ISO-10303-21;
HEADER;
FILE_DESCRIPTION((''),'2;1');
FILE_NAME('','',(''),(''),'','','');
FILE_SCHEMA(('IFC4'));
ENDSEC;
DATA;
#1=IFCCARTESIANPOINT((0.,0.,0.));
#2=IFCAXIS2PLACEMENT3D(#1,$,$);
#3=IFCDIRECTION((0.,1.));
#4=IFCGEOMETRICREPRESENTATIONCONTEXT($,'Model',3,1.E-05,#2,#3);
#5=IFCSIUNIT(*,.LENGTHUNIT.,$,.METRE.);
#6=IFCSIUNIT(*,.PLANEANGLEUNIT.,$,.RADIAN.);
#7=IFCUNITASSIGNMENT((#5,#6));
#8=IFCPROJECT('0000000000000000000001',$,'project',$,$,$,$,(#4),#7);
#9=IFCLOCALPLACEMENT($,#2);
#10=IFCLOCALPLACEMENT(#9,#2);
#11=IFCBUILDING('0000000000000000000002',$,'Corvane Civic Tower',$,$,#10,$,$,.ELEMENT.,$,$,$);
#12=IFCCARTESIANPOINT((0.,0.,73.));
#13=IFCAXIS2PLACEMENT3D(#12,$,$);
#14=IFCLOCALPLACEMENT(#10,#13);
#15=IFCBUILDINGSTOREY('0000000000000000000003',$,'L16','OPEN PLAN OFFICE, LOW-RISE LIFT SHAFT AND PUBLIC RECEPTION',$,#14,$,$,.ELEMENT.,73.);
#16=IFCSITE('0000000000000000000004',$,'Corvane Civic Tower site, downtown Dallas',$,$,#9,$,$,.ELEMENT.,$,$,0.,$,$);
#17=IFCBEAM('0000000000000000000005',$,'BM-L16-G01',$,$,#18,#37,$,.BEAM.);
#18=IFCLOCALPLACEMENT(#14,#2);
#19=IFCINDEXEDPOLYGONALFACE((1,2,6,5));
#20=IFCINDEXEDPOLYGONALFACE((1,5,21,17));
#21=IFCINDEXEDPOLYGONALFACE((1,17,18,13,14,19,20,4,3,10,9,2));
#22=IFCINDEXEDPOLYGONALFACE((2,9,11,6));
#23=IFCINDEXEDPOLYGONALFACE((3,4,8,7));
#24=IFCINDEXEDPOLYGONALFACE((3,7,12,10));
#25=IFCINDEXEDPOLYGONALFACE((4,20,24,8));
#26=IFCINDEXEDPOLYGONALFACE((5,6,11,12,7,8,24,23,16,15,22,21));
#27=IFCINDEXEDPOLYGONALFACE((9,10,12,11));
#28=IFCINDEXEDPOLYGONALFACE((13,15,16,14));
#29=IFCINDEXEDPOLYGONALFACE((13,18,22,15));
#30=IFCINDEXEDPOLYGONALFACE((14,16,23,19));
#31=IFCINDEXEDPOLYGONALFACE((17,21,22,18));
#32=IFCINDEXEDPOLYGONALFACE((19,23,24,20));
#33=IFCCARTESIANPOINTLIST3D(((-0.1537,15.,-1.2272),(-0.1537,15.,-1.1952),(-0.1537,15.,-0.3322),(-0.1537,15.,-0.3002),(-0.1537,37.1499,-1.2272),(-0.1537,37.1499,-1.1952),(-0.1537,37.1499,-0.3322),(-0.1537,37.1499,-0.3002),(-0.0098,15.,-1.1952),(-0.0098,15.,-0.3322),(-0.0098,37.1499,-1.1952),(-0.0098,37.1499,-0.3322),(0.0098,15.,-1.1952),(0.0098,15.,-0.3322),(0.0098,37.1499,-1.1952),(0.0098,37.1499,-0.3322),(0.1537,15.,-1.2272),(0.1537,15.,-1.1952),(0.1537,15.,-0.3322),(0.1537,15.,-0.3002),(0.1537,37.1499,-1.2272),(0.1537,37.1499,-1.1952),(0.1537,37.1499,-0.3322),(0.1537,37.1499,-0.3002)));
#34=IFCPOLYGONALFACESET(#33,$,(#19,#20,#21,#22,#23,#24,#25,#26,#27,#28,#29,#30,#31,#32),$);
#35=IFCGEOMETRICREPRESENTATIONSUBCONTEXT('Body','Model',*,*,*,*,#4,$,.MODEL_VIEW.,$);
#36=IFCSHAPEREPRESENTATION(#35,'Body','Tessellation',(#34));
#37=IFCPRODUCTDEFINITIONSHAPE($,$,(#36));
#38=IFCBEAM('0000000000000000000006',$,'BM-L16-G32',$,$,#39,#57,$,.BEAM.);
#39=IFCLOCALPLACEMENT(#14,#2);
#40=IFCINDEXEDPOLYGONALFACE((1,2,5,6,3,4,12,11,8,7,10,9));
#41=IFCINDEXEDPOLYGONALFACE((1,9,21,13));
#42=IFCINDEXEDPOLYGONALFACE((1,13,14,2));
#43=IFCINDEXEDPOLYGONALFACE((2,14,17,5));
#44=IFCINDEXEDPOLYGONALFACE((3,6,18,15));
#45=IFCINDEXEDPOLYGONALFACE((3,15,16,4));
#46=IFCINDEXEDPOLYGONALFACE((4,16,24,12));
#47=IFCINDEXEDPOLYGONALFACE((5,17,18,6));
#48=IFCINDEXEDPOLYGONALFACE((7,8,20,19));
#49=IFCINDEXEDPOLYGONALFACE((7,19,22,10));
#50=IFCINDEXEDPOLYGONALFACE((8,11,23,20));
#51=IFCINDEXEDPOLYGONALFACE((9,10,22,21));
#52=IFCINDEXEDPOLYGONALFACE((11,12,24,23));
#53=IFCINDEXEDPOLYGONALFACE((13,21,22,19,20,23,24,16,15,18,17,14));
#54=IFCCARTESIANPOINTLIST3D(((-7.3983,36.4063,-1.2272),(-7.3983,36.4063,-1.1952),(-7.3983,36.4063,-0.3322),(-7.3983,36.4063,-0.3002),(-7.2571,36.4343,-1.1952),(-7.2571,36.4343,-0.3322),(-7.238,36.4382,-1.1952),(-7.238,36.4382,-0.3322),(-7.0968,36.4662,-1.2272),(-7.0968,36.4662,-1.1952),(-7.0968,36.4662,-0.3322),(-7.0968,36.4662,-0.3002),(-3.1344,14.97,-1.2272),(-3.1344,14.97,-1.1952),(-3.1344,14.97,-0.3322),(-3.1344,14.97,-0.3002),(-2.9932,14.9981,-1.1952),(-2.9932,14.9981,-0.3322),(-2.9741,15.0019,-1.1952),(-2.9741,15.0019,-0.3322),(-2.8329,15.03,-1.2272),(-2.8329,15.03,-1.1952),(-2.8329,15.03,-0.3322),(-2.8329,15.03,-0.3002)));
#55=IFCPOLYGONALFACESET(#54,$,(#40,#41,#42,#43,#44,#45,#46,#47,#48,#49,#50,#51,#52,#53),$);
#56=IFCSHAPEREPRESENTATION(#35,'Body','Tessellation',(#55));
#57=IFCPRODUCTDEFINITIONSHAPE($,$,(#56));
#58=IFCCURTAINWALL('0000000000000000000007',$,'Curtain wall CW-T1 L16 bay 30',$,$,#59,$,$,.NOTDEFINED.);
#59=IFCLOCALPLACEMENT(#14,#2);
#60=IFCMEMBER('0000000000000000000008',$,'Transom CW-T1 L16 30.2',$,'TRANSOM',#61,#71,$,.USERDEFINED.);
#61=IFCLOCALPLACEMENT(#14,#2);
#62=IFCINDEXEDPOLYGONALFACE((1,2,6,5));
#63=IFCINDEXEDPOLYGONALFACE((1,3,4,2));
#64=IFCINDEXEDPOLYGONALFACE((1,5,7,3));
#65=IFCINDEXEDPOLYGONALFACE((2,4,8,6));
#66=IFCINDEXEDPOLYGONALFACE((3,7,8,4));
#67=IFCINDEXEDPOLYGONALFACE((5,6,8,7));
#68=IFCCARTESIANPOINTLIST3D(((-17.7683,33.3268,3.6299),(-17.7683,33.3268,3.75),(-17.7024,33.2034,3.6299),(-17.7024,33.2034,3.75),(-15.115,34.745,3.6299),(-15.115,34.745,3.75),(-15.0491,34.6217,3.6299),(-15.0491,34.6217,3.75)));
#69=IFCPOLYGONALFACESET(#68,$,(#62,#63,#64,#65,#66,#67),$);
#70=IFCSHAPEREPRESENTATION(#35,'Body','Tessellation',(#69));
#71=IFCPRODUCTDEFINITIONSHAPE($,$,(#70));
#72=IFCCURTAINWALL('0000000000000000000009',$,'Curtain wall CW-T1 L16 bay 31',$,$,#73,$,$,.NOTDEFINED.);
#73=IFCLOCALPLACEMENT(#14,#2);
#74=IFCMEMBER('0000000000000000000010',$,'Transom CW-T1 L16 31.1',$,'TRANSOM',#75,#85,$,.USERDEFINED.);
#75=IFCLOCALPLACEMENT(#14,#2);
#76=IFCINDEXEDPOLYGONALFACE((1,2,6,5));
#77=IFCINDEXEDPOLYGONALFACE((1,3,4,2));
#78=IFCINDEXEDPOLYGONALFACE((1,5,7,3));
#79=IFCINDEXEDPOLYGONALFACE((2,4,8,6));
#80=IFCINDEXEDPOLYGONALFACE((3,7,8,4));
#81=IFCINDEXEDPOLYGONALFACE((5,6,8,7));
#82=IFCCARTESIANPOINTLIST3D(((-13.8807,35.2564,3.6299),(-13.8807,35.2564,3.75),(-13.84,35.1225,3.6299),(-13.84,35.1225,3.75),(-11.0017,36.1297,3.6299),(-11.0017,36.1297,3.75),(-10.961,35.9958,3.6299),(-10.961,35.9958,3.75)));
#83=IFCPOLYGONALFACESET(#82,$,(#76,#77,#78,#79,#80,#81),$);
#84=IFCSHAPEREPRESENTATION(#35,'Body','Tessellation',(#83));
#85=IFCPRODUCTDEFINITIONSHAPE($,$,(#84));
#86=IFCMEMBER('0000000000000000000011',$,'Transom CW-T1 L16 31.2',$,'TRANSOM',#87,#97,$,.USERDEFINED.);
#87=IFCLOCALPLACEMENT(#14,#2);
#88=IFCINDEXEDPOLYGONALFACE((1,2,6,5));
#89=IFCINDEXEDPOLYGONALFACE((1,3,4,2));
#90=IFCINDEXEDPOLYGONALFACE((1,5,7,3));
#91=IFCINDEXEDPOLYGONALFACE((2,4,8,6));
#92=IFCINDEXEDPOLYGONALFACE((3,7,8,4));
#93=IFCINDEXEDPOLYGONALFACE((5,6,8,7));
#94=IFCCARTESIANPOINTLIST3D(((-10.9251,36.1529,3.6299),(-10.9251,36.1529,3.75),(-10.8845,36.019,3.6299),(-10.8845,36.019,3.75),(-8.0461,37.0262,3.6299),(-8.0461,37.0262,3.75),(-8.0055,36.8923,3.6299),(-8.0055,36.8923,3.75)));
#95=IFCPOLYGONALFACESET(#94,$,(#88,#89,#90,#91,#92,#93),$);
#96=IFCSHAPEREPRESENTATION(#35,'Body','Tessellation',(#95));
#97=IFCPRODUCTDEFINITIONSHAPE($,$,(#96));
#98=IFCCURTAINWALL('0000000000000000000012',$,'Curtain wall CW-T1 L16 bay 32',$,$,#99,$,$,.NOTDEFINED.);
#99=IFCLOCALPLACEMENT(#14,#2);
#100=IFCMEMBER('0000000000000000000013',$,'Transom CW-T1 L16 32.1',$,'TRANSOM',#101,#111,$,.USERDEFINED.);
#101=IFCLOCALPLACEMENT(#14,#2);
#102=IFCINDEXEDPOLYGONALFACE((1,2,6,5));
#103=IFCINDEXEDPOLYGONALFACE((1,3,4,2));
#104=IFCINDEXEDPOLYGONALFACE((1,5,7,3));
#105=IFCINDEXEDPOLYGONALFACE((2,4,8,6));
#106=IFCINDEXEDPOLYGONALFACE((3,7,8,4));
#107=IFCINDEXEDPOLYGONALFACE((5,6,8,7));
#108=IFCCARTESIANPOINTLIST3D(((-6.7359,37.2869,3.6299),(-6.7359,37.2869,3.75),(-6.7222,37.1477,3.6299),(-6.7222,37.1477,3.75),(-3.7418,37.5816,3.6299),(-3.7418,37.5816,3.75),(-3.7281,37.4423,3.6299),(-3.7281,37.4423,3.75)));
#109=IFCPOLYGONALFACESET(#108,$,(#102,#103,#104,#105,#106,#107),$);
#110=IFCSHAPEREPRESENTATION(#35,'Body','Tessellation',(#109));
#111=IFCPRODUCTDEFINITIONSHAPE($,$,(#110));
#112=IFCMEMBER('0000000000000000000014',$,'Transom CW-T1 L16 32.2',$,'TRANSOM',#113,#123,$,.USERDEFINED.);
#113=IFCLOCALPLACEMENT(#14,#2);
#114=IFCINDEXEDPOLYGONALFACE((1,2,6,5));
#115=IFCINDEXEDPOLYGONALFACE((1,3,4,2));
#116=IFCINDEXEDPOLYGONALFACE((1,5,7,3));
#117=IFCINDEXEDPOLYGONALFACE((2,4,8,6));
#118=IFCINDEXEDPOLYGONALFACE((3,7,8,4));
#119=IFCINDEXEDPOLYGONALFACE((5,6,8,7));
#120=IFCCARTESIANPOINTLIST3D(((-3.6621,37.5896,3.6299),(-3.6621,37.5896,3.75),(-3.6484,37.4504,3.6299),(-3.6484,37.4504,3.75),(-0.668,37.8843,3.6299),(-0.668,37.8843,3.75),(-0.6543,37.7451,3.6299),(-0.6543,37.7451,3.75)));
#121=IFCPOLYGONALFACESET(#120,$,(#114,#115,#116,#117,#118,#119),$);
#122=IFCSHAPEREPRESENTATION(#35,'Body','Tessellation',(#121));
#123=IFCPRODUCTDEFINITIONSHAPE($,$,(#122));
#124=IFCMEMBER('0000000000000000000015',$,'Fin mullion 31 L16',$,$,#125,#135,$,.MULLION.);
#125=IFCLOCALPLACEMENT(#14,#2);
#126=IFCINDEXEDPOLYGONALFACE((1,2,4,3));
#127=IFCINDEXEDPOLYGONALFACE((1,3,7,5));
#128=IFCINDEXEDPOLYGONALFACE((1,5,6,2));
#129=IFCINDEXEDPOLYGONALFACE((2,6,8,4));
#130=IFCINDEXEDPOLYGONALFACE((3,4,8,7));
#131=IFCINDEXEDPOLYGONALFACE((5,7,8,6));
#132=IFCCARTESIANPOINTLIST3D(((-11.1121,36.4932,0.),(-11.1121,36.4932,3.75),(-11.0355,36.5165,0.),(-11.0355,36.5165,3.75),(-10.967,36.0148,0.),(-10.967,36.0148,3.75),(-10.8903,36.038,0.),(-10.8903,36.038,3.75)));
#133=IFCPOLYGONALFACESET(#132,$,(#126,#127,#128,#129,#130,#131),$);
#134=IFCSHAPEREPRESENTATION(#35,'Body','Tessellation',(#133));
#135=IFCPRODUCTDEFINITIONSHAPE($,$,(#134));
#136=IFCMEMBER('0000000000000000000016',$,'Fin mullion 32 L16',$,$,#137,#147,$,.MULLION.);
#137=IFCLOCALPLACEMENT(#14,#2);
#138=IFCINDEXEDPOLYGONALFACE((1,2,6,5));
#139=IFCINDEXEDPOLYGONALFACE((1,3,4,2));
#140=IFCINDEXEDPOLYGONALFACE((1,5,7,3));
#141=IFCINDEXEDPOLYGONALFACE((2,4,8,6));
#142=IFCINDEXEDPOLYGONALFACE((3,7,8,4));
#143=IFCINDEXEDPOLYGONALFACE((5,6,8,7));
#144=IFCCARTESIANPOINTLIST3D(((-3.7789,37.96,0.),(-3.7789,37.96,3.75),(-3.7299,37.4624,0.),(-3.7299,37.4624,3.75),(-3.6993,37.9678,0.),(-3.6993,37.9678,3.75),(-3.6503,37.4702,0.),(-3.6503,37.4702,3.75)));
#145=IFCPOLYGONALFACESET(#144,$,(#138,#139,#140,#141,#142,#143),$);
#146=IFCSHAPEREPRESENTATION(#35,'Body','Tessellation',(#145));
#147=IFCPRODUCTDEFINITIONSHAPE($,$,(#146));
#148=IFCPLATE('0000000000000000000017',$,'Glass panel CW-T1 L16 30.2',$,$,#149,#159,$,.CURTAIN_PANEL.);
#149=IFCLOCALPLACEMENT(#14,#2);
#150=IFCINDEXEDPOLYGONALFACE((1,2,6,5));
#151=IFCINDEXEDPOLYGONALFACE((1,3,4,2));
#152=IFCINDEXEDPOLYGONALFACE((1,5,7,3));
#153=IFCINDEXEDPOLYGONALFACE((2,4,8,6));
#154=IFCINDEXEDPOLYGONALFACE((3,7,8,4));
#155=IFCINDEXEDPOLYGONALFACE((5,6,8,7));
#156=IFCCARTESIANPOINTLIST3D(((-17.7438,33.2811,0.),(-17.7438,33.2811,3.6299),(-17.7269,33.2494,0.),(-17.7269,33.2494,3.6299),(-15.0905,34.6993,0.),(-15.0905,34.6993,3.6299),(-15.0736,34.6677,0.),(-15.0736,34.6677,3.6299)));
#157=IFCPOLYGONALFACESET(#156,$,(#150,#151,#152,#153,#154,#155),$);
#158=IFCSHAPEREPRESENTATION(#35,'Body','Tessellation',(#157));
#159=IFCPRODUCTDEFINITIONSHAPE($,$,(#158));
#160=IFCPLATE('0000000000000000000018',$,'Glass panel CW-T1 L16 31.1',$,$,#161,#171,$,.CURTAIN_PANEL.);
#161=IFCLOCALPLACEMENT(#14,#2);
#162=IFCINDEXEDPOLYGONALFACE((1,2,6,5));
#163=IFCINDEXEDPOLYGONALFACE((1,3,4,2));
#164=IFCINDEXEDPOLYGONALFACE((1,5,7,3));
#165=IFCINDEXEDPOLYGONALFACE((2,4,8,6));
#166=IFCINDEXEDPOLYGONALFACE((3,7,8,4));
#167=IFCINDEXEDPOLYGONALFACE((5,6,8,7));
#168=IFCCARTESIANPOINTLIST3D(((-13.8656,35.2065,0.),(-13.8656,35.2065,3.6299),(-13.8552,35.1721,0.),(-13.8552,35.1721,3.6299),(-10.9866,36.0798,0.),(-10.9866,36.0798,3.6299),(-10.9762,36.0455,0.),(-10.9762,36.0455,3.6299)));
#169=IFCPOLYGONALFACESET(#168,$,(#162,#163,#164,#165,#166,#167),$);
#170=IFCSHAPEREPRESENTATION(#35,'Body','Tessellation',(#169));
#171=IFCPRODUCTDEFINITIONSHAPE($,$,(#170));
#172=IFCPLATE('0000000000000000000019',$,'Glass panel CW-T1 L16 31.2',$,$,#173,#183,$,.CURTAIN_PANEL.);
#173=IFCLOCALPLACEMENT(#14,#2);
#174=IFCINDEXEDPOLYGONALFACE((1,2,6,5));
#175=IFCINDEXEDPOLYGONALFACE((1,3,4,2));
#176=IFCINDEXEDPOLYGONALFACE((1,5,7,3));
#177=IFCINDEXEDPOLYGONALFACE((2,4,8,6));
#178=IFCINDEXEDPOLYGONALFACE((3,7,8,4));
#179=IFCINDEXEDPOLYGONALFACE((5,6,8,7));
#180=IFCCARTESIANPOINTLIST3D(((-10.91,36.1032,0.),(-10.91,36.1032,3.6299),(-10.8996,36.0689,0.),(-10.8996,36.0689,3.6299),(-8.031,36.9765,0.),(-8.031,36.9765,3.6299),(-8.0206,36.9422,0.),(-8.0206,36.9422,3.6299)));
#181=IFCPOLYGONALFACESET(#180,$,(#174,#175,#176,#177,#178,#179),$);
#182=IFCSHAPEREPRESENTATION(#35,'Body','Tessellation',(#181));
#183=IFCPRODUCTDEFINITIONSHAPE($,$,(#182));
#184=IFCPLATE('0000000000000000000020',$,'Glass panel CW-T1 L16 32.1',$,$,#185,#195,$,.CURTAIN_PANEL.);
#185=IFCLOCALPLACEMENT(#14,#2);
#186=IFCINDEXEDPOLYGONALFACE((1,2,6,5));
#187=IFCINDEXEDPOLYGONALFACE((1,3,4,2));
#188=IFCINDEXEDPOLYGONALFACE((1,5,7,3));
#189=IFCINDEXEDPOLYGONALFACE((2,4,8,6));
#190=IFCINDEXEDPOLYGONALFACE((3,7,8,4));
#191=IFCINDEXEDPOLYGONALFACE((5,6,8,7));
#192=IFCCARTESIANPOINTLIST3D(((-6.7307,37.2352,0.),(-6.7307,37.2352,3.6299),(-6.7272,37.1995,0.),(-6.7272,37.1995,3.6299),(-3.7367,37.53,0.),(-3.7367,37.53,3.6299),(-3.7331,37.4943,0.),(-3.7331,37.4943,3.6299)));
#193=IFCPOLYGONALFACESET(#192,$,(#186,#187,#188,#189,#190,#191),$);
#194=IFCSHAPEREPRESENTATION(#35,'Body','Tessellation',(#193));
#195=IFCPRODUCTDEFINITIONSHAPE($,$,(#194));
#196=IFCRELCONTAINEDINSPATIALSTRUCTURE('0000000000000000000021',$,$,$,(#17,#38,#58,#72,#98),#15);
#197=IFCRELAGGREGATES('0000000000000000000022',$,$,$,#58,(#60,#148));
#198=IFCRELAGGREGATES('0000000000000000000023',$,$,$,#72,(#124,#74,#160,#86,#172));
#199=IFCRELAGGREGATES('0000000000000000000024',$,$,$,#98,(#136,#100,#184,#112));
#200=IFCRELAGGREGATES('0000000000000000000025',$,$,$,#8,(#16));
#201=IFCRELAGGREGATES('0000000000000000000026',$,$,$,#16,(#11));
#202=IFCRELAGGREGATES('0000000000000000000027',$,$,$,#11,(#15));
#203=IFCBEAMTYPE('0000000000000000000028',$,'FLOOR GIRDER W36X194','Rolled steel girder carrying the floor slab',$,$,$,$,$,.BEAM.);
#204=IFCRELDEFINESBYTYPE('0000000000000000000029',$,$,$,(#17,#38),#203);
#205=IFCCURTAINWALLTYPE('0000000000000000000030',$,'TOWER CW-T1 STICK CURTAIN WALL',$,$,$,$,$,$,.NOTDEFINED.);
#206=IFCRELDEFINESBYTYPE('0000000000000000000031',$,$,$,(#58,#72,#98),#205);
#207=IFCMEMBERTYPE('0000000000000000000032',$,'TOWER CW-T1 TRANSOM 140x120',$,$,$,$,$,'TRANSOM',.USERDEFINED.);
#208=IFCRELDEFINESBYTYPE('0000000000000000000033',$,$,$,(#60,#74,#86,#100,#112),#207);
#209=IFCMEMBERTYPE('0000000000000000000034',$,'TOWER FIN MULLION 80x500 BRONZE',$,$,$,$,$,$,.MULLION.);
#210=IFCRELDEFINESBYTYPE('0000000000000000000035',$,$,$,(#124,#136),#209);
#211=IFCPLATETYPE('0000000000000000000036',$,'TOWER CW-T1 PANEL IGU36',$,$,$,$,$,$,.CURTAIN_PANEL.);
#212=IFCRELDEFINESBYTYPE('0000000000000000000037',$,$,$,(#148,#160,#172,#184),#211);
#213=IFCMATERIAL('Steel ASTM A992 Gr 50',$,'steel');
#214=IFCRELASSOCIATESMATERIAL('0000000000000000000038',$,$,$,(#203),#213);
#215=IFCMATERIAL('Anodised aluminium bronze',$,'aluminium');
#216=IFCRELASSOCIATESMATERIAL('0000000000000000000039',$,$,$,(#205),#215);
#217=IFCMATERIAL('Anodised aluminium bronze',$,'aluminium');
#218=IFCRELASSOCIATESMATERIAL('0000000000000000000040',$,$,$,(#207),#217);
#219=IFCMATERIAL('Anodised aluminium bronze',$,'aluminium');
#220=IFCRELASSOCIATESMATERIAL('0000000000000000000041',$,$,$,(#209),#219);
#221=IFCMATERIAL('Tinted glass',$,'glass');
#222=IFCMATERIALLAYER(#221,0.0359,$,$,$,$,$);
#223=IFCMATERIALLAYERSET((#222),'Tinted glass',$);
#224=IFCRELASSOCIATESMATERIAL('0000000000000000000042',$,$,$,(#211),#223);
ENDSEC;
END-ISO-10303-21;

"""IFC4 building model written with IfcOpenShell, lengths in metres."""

from ifc_helpers import new_model, si_unit, direction, frame, origin, origin_2d, place, context, subcontext, project, spatial, rectangle, i_section, extrude, material, layer, layer_set, material_profile, profile_set, type_object, element, aggregate, save


model = new_model("IFC4")

# Units and contexts
model_context = context("Model", 3, precision=1e-05, world=origin(), true_north=direction((0.0, 1.0)))
body_context = subcontext(model_context, "Body", "Model", "MODEL_VIEW")
ifc_project = project(units=[si_unit("LENGTHUNIT", "METRE"), si_unit("PLANEANGLEUNIT", "RADIAN")], contexts=[model_context])

# Site, building, storey
site_placement = place(None, origin())
site = spatial("IfcSite", under=ifc_project, at=site_placement, Name="Corvane Civic Tower site, downtown Dallas", CompositionType="ELEMENT", RefElevation=0.0)
building_placement = place(site_placement, origin())
building = spatial("IfcBuilding", under=site, at=building_placement, Name="Corvane Civic Tower", CompositionType="ELEMENT")
storey_placement = place(building_placement, frame((0.0, 0.0, 73.0)))
storey = spatial("IfcBuildingStorey", under=building, at=storey_placement, Name="L16", Description="OPEN PLAN OFFICE, LOW-RISE LIFT SHAFT AND PUBLIC RECEPTION", CompositionType="ELEMENT", Elevation=73.0)

# Beams
ifc_material_1 = material(Name="Steel ASTM A992 Gr 50", Category="steel")
ifc_material_profile_1 = material_profile(ifc_material_1, i_section(OverallWidth=0.3074, OverallDepth=0.927, WebThickness=0.0195, FlangeThickness=0.032, at=origin_2d()), Name="W36X194")
ifc_profile_set_1 = profile_set([ifc_material_profile_1], Name="Steel ASTM A992 Gr 50")
beam_type_1 = type_object("IfcBeamType", Name="FLOOR GIRDER W36X194", Description="Rolled steel girder carrying the floor slab", PredefinedType="BEAM", material=ifc_profile_set_1)
beam_1_placement = place(storey_placement, frame((0.0, 15.0, -0.7637), z_axis=(0.0, 1.0, 0.0), x_axis=(-1.0, 0.0, 0.0)))
element("IfcBeam", 1, at=beam_1_placement, inside=storey, type_object=beam_type_1, Name="BM-L16-G01", PredefinedType="BEAM", context=body_context, shape_type="SweptSolid", body=[
    extrude(i_section(OverallWidth=0.3074, OverallDepth=0.927, WebThickness=0.0195, FlangeThickness=0.032, at=origin_2d()), origin(), (0.0, 0.0, 1.0), 22.1499),
])
beam_2_placement = place(storey_placement, frame((-2.9836, 15.0, -0.7637), z_axis=(-0.195089, 0.980785, 0.0), x_axis=(-0.980785, -0.195089, 0.0)))
element("IfcBeam", 2, at=beam_2_placement, inside=storey, type_object=beam_type_1, Name="BM-L16-G32", PredefinedType="BEAM", context=body_context, shape_type="SweptSolid", body=[
    extrude(i_section(OverallWidth=0.3074, OverallDepth=0.927, WebThickness=0.0195, FlangeThickness=0.032, at=origin_2d()), origin(), (0.0, 0.0, 1.0), 21.8562),
])

# Curtain wall, member
ifc_material_2 = material(Name="Anodised aluminium bronze", Category="aluminium")
curtain_wall_type = type_object("IfcCurtainWallType", Name="TOWER CW-T1 STICK CURTAIN WALL", PredefinedType="NOTDEFINED", material=ifc_material_2)
curtain_wall_1_placement = place(storey_placement, origin())
curtain_wall_1 = element("IfcCurtainWall", 3, at=curtain_wall_1_placement, inside=storey, type_object=curtain_wall_type, Name="Curtain wall CW-T1 L16 bay 30", PredefinedType="NOTDEFINED")
ifc_material_3 = material(Name="Anodised aluminium bronze", Category="aluminium")
ifc_material_profile_2 = material_profile(ifc_material_3, rectangle(XDim=0.1399, YDim=0.1201, at=origin_2d()), Name="TOWER CW-T1 TRANSOM 140x120")
ifc_profile_set_2 = profile_set([ifc_material_profile_2], Name="Anodised aluminium bronze")
member_type_1 = type_object("IfcMemberType", Name="TOWER CW-T1 TRANSOM 140x120", ElementType="TRANSOM", PredefinedType="USERDEFINED", material=ifc_profile_set_2)
member_1_placement = place(storey_placement, frame((-17.7354, 33.2651, 3.6899), z_axis=(0.881924, 0.471393, 0.0), x_axis=(-0.471393, 0.881924, 0.0)))
member_1 = element("IfcMember", 4, at=member_1_placement, type_object=member_type_1, Name="Transom CW-T1 L16 30.2", ObjectType="TRANSOM", PredefinedType="USERDEFINED", context=body_context, shape_type="SweptSolid", body=[
    extrude(rectangle(XDim=0.1399, YDim=0.1201, at=origin_2d()), origin(), (0.0, 0.0, 1.0), 3.0085),
])

# Curtain walls, members
curtain_wall_2_placement = place(storey_placement, origin())
curtain_wall_2 = element("IfcCurtainWall", 5, at=curtain_wall_2_placement, inside=storey, type_object=curtain_wall_type, Name="Curtain wall CW-T1 L16 bay 31", PredefinedType="NOTDEFINED")
member_2_placement = place(storey_placement, frame((-13.8604, 35.1895, 3.6899), z_axis=(0.956942, 0.29028, 0.0), x_axis=(-0.29028, 0.956942, 0.0)))
member_2 = element("IfcMember", 6, at=member_2_placement, type_object=member_type_1, Name="Transom CW-T1 L16 31.1", ObjectType="TRANSOM", PredefinedType="USERDEFINED", context=body_context, shape_type="SweptSolid", body=[
    extrude(rectangle(XDim=0.1399, YDim=0.1201, at=origin_2d()), origin(), (0.0, 0.0, 1.0), 3.0085),
])
member_3_placement = place(storey_placement, frame((-10.9048, 36.0859, 3.6899), z_axis=(0.956942, 0.29028, 0.0), x_axis=(-0.29028, 0.956942, 0.0)))
member_3 = element("IfcMember", 7, at=member_3_placement, type_object=member_type_1, Name="Transom CW-T1 L16 31.2", ObjectType="TRANSOM", PredefinedType="USERDEFINED", context=body_context, shape_type="SweptSolid", body=[
    extrude(rectangle(XDim=0.1399, YDim=0.1201, at=origin_2d()), origin(), (0.0, 0.0, 1.0), 3.0085),
])
curtain_wall_3_placement = place(storey_placement, origin())
curtain_wall_3 = element("IfcCurtainWall", 8, at=curtain_wall_3_placement, inside=storey, type_object=curtain_wall_type, Name="Curtain wall CW-T1 L16 bay 32", PredefinedType="NOTDEFINED")
member_4_placement = place(storey_placement, frame((-6.729, 37.2173, 3.6899), z_axis=(0.995192, 0.097945, 0.0), x_axis=(-0.097945, 0.995192, 0.0)))
member_4 = element("IfcMember", 9, at=member_4_placement, type_object=member_type_1, Name="Transom CW-T1 L16 32.1", ObjectType="TRANSOM", PredefinedType="USERDEFINED", context=body_context, shape_type="SweptSolid", body=[
    extrude(rectangle(XDim=0.1399, YDim=0.1201, at=origin_2d()), origin(), (0.0, 0.0, 1.0), 3.0085),
])
member_5_placement = place(storey_placement, frame((-3.6553, 37.52, 3.6899), z_axis=(0.995192, 0.097945, 0.0), x_axis=(-0.097945, 0.995192, 0.0)))
member_5 = element("IfcMember", 10, at=member_5_placement, type_object=member_type_1, Name="Transom CW-T1 L16 32.2", ObjectType="TRANSOM", PredefinedType="USERDEFINED", context=body_context, shape_type="SweptSolid", body=[
    extrude(rectangle(XDim=0.1399, YDim=0.1201, at=origin_2d()), origin(), (0.0, 0.0, 1.0), 3.0085),
])

# Members
ifc_material_4 = material(Name="Anodised aluminium bronze", Category="aluminium")
ifc_material_profile_3 = material_profile(ifc_material_4, rectangle(XDim=0.0801, YDim=0.5, at=origin_2d()), Name="TOWER FIN MULLION 80x500 BRONZE")
ifc_profile_set_3 = profile_set([ifc_material_profile_3], Name="Anodised aluminium bronze")
member_type_2 = type_object("IfcMemberType", Name="TOWER FIN MULLION 80x500 BRONZE", PredefinedType="MULLION", material=ifc_profile_set_3)
member_6_placement = place(storey_placement, frame((-11.0012, 36.2656, 0.0), z_axis=(0.0, 0.0, 1.0), x_axis=(0.956942, 0.290278, 0.0)))
member_6 = element("IfcMember", 11, at=member_6_placement, type_object=member_type_2, Name="Fin mullion 31 L16", PredefinedType="MULLION", context=body_context, shape_type="SweptSolid", body=[
    extrude(rectangle(XDim=0.0801, YDim=0.5, at=origin_2d()), origin(), (0.0, 0.0, 1.0), 3.75),
])
member_7_placement = place(storey_placement, frame((-3.7146, 37.7151, 0.0), z_axis=(0.0, 0.0, 1.0), x_axis=(0.995186, 0.098006, 0.0)))
member_7 = element("IfcMember", 12, at=member_7_placement, type_object=member_type_2, Name="Fin mullion 32 L16", PredefinedType="MULLION", context=body_context, shape_type="SweptSolid", body=[
    extrude(rectangle(XDim=0.0801, YDim=0.5, at=origin_2d()), origin(), (0.0, 0.0, 1.0), 3.75),
])

# Plates
ifc_material_5 = material(Name="Tinted glass", Category="glass")
ifc_layer_1 = layer(ifc_material_5, 0.0359)
ifc_layer_set_1 = layer_set([ifc_layer_1], Name="Tinted glass")
plate_type = type_object("IfcPlateType", Name="TOWER CW-T1 PANEL IGU36", PredefinedType="CURTAIN_PANEL", material=ifc_layer_set_1)
plate_1_placement = place(storey_placement, frame((-16.4087, 33.9744, 0.0), z_axis=(0.0, 0.0, 1.0), x_axis=(0.881918, 0.471404, 0.0)))
plate_1 = element("IfcPlate", 13, at=plate_1_placement, type_object=plate_type, Name="Glass panel CW-T1 L16 30.2", PredefinedType="CURTAIN_PANEL", context=body_context, shape_type="SweptSolid", body=[
    extrude(rectangle(XDim=3.0085, YDim=0.0359, at=origin_2d()), origin(), (0.0, 0.0, 1.0), 3.6299),
])
aggregate(curtain_wall_1, [member_1, plate_1])
plate_2_placement = place(storey_placement, frame((-12.4209, 35.626, 0.0), z_axis=(0.0, 0.0, 1.0), x_axis=(0.956942, 0.290278, 0.0)))
plate_2 = element("IfcPlate", 14, at=plate_2_placement, type_object=plate_type, Name="Glass panel CW-T1 L16 31.1", PredefinedType="CURTAIN_PANEL", context=body_context, shape_type="SweptSolid", body=[
    extrude(rectangle(XDim=3.0085, YDim=0.0359, at=origin_2d()), origin(), (0.0, 0.0, 1.0), 3.6299),
])
plate_3_placement = place(storey_placement, frame((-9.4653, 36.5227, 0.0), z_axis=(0.0, 0.0, 1.0), x_axis=(0.956942, 0.290278, 0.0)))
plate_3 = element("IfcPlate", 15, at=plate_3_placement, type_object=plate_type, Name="Glass panel CW-T1 L16 31.2", PredefinedType="CURTAIN_PANEL", context=body_context, shape_type="SweptSolid", body=[
    extrude(rectangle(XDim=3.0085, YDim=0.0359, at=origin_2d()), origin(), (0.0, 0.0, 1.0), 3.6299),
])
aggregate(curtain_wall_2, [member_6, member_2, plate_2, member_3, plate_3])
plate_4_placement = place(storey_placement, frame((-5.2319, 37.3647, 0.0), z_axis=(0.0, 0.0, 1.0), x_axis=(0.995186, 0.098006, 0.0)))
plate_4 = element("IfcPlate", 16, at=plate_4_placement, type_object=plate_type, Name="Glass panel CW-T1 L16 32.1", PredefinedType="CURTAIN_PANEL", context=body_context, shape_type="SweptSolid", body=[
    extrude(rectangle(XDim=3.0085, YDim=0.0359, at=origin_2d()), origin(), (0.0, 0.0, 1.0), 3.6299),
])
aggregate(curtain_wall_3, [member_7, member_4, plate_4, member_5])

save(model, "model.ifc")
